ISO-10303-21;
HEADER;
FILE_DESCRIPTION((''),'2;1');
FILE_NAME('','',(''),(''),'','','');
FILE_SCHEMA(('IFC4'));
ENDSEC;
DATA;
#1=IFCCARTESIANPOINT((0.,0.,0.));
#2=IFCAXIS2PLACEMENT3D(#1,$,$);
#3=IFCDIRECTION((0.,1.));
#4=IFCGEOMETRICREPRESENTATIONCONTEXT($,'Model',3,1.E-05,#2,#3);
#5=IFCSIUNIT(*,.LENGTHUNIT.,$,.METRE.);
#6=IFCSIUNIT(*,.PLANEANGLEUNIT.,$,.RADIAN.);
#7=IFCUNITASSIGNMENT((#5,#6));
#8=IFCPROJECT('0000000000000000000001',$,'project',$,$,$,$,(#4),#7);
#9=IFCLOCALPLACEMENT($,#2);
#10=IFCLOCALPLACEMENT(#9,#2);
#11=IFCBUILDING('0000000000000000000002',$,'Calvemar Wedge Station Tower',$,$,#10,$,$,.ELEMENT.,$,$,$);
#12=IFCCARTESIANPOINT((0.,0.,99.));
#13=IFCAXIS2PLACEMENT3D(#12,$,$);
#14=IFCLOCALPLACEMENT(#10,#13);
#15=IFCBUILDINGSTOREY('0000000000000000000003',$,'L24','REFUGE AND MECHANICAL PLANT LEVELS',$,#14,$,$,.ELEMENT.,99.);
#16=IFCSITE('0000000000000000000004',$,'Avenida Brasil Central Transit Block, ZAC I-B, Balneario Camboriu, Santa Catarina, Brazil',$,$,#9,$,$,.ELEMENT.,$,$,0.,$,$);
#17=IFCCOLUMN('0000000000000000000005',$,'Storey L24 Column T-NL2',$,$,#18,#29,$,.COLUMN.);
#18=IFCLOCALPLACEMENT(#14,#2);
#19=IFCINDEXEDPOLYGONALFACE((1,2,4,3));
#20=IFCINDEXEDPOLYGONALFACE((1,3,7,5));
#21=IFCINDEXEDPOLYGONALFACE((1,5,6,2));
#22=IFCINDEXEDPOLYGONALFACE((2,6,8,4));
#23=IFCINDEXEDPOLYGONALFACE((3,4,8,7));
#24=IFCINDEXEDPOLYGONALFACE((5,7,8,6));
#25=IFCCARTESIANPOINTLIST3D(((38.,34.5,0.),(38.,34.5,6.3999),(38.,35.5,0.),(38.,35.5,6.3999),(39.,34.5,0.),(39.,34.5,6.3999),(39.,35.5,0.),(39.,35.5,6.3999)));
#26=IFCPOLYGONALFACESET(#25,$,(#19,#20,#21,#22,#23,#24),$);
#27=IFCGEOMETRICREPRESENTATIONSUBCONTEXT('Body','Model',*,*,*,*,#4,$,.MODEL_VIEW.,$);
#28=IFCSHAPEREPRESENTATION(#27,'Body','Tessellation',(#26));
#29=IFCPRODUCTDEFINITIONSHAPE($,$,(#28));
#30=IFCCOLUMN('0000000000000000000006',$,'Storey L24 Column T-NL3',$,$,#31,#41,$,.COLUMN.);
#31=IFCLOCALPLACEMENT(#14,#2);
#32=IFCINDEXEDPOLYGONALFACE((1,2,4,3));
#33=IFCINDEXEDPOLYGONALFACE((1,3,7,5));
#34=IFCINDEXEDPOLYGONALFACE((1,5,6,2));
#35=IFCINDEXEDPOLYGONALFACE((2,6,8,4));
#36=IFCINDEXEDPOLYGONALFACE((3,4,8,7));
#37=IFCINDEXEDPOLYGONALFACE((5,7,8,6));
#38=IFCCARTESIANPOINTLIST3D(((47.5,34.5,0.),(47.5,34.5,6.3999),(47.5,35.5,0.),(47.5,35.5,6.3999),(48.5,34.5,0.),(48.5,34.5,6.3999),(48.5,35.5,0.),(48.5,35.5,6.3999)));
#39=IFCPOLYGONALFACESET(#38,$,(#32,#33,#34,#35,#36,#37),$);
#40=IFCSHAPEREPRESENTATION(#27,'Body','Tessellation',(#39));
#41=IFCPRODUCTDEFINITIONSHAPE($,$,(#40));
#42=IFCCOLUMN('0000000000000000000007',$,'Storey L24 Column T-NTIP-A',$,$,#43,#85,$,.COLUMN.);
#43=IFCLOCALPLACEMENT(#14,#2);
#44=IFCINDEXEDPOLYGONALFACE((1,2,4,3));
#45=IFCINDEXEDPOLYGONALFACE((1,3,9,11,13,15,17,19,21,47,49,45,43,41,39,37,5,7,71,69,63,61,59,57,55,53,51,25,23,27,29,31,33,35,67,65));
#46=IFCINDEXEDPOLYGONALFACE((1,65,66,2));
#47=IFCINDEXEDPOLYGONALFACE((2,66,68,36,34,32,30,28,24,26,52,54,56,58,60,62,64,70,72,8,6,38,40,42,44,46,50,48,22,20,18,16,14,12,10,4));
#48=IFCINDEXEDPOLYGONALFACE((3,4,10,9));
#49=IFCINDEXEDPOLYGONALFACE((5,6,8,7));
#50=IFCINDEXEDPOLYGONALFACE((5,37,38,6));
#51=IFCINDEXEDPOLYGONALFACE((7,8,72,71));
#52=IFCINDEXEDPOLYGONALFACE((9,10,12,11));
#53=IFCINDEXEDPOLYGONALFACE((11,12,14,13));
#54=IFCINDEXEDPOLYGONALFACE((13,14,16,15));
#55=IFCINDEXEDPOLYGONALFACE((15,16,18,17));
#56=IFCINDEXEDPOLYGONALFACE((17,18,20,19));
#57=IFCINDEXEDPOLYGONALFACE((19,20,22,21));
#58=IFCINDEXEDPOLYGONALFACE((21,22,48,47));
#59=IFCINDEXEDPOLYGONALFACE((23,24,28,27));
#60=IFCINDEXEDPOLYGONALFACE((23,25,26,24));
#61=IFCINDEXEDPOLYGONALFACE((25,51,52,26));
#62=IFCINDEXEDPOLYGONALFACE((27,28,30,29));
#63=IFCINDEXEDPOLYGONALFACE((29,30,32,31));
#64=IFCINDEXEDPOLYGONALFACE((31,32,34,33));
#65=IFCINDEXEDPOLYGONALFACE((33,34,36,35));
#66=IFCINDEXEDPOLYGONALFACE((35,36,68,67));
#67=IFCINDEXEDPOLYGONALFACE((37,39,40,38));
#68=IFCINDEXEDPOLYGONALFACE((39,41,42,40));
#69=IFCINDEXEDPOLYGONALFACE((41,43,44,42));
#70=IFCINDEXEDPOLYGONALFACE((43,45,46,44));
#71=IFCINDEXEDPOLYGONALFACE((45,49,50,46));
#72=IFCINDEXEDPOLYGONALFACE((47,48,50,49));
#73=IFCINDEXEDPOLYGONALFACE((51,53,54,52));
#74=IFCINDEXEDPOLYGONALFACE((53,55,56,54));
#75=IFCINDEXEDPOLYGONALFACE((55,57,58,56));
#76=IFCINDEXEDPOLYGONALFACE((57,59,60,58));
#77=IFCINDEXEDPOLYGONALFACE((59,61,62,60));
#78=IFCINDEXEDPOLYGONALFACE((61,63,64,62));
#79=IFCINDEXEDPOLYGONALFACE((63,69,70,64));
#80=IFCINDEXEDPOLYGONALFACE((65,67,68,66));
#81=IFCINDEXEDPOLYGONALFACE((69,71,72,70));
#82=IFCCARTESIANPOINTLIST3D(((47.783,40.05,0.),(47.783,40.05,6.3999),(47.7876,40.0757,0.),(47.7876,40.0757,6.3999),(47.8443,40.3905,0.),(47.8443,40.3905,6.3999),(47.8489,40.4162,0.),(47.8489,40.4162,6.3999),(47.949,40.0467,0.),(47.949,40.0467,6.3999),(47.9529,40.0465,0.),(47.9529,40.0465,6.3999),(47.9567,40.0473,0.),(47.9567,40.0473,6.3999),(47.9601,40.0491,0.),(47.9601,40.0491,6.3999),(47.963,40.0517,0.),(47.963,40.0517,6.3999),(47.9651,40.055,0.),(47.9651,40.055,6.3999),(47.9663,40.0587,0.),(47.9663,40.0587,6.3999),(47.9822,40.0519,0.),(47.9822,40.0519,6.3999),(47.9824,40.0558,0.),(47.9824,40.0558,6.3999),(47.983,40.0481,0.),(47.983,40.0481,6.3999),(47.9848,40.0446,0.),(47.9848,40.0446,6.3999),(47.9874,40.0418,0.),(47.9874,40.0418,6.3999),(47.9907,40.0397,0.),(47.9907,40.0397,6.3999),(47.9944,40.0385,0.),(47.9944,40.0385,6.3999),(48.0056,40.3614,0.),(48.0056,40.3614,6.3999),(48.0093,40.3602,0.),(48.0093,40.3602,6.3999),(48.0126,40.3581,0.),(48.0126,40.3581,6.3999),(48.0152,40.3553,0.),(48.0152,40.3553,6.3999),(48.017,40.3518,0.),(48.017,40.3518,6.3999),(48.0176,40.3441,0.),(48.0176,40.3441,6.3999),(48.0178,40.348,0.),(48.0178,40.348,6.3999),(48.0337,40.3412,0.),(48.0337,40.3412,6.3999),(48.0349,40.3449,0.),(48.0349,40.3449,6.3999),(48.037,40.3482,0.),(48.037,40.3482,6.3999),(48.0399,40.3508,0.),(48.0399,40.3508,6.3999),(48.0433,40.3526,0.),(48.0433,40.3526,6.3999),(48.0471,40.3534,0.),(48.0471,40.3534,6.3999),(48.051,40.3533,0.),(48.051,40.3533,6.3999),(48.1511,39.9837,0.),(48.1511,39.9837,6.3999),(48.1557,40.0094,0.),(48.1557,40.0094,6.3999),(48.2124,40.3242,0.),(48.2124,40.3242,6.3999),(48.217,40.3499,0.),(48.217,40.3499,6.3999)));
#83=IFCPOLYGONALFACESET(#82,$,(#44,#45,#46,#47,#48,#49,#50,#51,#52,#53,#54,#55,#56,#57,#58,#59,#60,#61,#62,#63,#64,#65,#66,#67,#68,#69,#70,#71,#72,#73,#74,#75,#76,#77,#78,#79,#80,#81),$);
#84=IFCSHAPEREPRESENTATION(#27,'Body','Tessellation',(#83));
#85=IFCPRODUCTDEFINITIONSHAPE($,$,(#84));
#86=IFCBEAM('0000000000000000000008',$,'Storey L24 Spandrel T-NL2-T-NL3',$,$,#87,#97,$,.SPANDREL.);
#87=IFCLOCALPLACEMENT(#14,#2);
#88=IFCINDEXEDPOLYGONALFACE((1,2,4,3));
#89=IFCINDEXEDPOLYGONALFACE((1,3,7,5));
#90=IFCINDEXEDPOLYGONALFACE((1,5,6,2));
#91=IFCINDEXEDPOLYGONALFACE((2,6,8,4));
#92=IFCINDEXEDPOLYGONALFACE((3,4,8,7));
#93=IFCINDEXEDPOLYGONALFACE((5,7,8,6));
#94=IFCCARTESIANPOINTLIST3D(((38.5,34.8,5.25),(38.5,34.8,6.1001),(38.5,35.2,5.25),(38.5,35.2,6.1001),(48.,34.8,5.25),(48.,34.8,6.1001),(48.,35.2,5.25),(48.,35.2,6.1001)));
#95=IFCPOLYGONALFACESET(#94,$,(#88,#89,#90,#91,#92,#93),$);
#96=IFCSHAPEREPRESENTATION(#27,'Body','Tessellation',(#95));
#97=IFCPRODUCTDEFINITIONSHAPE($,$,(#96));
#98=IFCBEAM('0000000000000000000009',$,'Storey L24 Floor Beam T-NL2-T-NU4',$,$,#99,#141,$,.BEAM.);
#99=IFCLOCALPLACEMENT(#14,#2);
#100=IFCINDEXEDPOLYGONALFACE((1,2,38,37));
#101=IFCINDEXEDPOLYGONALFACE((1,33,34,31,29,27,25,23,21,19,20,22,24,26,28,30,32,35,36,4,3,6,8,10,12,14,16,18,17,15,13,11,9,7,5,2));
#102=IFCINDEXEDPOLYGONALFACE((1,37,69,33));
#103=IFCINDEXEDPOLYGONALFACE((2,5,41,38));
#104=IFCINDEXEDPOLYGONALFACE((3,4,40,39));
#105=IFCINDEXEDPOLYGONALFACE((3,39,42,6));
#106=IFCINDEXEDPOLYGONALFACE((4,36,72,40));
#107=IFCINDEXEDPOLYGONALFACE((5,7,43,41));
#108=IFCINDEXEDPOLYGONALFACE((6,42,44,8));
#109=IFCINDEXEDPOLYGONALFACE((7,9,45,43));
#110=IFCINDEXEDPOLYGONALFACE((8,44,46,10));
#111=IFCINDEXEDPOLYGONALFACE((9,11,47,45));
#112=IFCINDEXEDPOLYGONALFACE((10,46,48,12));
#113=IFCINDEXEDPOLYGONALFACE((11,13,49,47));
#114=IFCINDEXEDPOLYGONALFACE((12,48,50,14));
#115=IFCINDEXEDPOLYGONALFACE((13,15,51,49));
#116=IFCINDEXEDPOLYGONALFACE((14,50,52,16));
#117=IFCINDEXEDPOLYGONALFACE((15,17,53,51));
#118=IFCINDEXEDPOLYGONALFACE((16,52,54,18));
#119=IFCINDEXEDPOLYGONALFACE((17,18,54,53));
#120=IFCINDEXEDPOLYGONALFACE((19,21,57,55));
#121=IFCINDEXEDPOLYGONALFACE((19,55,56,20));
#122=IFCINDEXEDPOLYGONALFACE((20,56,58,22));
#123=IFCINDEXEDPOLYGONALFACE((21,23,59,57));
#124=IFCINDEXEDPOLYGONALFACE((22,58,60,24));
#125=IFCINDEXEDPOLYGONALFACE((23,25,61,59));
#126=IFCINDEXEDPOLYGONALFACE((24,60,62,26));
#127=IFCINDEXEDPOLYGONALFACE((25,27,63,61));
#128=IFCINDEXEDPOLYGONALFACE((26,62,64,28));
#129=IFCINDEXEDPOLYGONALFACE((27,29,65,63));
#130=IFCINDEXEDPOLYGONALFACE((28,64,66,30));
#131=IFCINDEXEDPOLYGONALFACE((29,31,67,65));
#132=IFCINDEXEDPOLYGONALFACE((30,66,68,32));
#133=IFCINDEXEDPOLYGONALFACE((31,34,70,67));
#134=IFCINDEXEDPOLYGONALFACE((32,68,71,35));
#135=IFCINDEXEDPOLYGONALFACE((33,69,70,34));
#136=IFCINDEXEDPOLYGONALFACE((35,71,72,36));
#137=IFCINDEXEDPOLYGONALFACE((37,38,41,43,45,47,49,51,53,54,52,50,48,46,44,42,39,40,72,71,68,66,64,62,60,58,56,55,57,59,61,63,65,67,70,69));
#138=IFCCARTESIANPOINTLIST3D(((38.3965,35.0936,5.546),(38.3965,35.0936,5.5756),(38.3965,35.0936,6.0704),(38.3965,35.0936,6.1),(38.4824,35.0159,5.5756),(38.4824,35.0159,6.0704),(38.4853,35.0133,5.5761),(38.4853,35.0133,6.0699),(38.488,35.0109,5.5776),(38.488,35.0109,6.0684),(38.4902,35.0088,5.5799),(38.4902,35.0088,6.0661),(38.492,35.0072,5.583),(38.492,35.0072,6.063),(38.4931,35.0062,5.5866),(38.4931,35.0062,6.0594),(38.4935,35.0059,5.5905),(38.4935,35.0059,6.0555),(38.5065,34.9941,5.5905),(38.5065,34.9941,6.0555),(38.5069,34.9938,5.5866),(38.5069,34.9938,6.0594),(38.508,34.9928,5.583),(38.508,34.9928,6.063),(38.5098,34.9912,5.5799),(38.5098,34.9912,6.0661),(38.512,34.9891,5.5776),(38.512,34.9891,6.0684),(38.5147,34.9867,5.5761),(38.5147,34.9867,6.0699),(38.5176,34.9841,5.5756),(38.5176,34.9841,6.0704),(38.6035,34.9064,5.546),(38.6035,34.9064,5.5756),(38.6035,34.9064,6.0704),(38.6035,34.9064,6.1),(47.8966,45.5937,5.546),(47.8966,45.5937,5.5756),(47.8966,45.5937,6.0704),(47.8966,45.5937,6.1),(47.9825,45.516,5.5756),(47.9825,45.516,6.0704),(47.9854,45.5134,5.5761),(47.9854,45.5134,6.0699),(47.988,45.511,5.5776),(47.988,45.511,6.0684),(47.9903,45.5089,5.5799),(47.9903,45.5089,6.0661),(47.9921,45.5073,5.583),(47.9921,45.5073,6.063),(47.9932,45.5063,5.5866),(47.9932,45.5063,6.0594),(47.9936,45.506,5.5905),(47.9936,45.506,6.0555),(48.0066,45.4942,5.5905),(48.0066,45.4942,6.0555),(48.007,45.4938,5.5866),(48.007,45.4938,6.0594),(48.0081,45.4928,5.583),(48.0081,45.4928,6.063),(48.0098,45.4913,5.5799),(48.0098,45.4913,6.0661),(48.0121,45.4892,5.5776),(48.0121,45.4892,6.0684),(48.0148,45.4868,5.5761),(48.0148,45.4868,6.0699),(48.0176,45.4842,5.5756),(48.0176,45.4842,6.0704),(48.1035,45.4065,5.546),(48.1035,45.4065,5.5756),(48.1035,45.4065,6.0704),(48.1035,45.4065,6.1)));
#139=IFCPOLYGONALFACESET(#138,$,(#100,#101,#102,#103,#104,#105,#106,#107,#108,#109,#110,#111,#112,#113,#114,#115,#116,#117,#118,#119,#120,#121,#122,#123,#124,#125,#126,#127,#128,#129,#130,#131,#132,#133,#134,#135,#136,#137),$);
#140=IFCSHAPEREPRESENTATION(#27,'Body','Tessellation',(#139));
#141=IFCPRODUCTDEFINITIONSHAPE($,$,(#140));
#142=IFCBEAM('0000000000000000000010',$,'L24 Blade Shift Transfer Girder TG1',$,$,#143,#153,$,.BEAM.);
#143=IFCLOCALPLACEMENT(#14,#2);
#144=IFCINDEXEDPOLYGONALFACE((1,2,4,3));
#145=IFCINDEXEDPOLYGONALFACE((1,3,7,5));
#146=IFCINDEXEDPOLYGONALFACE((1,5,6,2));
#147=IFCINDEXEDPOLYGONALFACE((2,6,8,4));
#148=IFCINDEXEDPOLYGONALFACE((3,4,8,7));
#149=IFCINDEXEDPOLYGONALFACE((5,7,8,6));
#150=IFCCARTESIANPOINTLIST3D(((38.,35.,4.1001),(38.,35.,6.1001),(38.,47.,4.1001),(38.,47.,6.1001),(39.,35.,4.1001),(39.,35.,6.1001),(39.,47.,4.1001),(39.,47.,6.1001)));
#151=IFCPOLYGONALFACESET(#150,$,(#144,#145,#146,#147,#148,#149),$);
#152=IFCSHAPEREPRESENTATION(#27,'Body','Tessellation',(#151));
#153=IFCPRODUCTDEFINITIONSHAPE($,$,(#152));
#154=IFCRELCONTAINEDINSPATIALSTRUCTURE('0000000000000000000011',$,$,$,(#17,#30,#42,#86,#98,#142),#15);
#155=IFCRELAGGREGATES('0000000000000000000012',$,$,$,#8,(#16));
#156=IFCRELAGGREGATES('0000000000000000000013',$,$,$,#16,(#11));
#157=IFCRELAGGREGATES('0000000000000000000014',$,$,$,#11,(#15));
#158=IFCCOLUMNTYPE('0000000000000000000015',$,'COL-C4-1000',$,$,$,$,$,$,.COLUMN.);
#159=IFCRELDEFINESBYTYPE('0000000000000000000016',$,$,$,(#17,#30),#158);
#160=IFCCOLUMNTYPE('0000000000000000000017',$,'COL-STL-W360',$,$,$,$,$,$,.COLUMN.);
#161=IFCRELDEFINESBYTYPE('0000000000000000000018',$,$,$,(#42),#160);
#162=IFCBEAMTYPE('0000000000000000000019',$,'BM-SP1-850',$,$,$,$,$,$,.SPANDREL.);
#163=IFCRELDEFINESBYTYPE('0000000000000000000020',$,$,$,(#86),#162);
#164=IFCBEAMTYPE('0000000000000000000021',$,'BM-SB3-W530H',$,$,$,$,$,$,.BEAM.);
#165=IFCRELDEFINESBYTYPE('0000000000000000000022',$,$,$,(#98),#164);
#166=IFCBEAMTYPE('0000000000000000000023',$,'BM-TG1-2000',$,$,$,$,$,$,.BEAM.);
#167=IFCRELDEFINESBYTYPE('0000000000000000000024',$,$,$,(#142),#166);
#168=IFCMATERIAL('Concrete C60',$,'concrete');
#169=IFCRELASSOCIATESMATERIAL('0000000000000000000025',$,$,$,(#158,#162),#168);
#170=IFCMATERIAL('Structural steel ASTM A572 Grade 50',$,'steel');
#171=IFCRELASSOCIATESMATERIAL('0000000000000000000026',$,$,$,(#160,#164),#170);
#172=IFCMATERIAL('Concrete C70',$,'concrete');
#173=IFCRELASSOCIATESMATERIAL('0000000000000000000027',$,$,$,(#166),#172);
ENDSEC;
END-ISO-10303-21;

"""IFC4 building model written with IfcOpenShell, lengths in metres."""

from ifc_helpers import new_model, si_unit, direction, frame, origin, origin_2d, place, context, subcontext, project, spatial, rectangle, i_section, extrude, source, transform, mapped, material, material_profile, profile_set, type_object, element, save


model = new_model("IFC4")

# Units and contexts
model_context = context("Model", 3, precision=1e-05, world=origin(), true_north=direction((0.0, 1.0)))
body_context = subcontext(model_context, "Body", "Model", "MODEL_VIEW")
ifc_project = project(units=[si_unit("LENGTHUNIT", "METRE"), si_unit("PLANEANGLEUNIT", "RADIAN")], contexts=[model_context])

# Site, building, storey
site_placement = place(None, origin())
site = spatial("IfcSite", under=ifc_project, at=site_placement, Name="Avenida Brasil Central Transit Block, ZAC I-B, Balneario Camboriu, Santa Catarina, Brazil", CompositionType="ELEMENT", RefElevation=0.0)
building_placement = place(site_placement, origin())
building = spatial("IfcBuilding", under=site, at=building_placement, Name="Calvemar Wedge Station Tower", CompositionType="ELEMENT")
storey_placement = place(building_placement, frame((0.0, 0.0, 99.0)))
storey = spatial("IfcBuildingStorey", under=building, at=storey_placement, Name="L24", Description="REFUGE AND MECHANICAL PLANT LEVELS", CompositionType="ELEMENT", Elevation=99.0)

# Columns
ifc_material_1 = material(Name="Concrete C60", Category="concrete")
ifc_material_profile_1 = material_profile(ifc_material_1, rectangle(XDim=1.0, YDim=1.0, at=origin_2d()), Name="RC1000x1000")
ifc_profile_set_1 = profile_set([ifc_material_profile_1], Name="Concrete C60")
column_type_1 = type_object("IfcColumnType", Name="COL-C4-1000", PredefinedType="COLUMN", material=ifc_profile_set_1)
shared_shape_1 = source(origin(), body_context, "Body", "SweptSolid", [
    extrude(rectangle(XDim=1.0, YDim=1.0, at=origin_2d()), origin(), (0.0, 0.0, 1.0), 6.3999),
])
for number, where, z_axis, x_axis, name in (
    (1, (38.5, 35.0, 0.0), (0.0, 0.0, 1.0), (1.0, 0.0, 0.0), "Storey L24 Column T-NL2"),
    (2, (48.0, 35.0, 0.0), (0.0, 0.0, 1.0), (1.0, 0.0, 0.0), "Storey L24 Column T-NL3"),
):
    element("IfcColumn", number, at=place(storey_placement, frame(where, z_axis=z_axis, x_axis=x_axis)), inside=storey, type_object=column_type_1, Name=name, PredefinedType="COLUMN", context=body_context, shape_type="MappedRepresentation", body=[
        mapped(shared_shape_1, transform((0.0, 0.0, 0.0), scale=1.0)),
    ])
ifc_material_2 = material(Name="Structural steel ASTM A572 Grade 50", Category="steel")
ifc_material_profile_2 = material_profile(ifc_material_2, i_section(OverallWidth=0.374, OverallDepth=0.3721, WebThickness=0.0164, FlangeThickness=0.0261, FilletRadius=0.0149, at=origin_2d()), Name="W360x196")
ifc_profile_set_2 = profile_set([ifc_material_profile_2], Name="Structural steel ASTM A572 Grade 50")
column_type_2 = type_object("IfcColumnType", Name="COL-STL-W360", PredefinedType="COLUMN", material=ifc_profile_set_2)
shared_shape_2 = source(origin(), body_context, "Body", "SweptSolid", [
    extrude(i_section(OverallWidth=0.374, OverallDepth=0.3721, WebThickness=0.0164, FlangeThickness=0.0261, FilletRadius=0.0149, at=origin_2d()), origin(), (0.0, 0.0, 1.0), 6.3999),
])
column_placement = place(storey_placement, frame((48.0, 40.2, 0.0), z_axis=(0.0, 0.0, 1.0), x_axis=(0.984196, -0.177085, 0.0)))
element("IfcColumn", 3, at=column_placement, inside=storey, type_object=column_type_2, Name="Storey L24 Column T-NTIP-A", PredefinedType="COLUMN", context=body_context, shape_type="MappedRepresentation", body=[
    mapped(shared_shape_2, transform((0.0, 0.0, 0.0), scale=1.0)),
])

# Beams
ifc_material_profile_3 = material_profile(ifc_material_1, rectangle(XDim=0.3999, YDim=0.8501, at=origin_2d()), Name="RC400x850")
ifc_profile_set_3 = profile_set([ifc_material_profile_3], Name="Concrete C60")
beam_type_1 = type_object("IfcBeamType", Name="BM-SP1-850", PredefinedType="SPANDREL", material=ifc_profile_set_3)
shared_shape_3 = source(origin(), body_context, "Body", "SweptSolid", [
    extrude(rectangle(XDim=0.3999, YDim=0.8501, at=origin_2d()), origin(), (0.0, 0.0, 1.0), 9.5),
])
beam_1_placement = place(storey_placement, frame((38.5, 35.0, 5.675), z_axis=(1.0, 0.0, 0.0), x_axis=(0.0, 1.0, 0.0)))
element("IfcBeam", 4, at=beam_1_placement, inside=storey, type_object=beam_type_1, Name="Storey L24 Spandrel T-NL2-T-NL3", PredefinedType="SPANDREL", context=body_context, shape_type="MappedRepresentation", body=[
    mapped(shared_shape_3, transform((0.0, 0.0, 0.0), scale=1.0)),
])
ifc_material_profile_4 = material_profile(ifc_material_2, i_section(OverallWidth=0.2791, OverallDepth=0.554, WebThickness=0.0176, FlangeThickness=0.0295, FilletRadius=0.0149, at=origin_2d()), Name="W530x196")
ifc_profile_set_4 = profile_set([ifc_material_profile_4], Name="Structural steel ASTM A572 Grade 50")
beam_type_2 = type_object("IfcBeamType", Name="BM-SB3-W530H", PredefinedType="BEAM", material=ifc_profile_set_4)
shared_shape_4 = source(origin(), body_context, "Body", "SweptSolid", [
    extrude(i_section(OverallWidth=0.2791, OverallDepth=0.554, WebThickness=0.0176, FlangeThickness=0.0295, FilletRadius=0.0149, at=origin_2d()), origin(), (0.0, 0.0, 1.0), 14.1599),
])
beam_2_placement = place(storey_placement, frame((38.5, 35.0, 5.823), z_axis=(0.670913, 0.741536, 0.0), x_axis=(-0.741536, 0.670913, 0.0)))
element("IfcBeam", 5, at=beam_2_placement, inside=storey, type_object=beam_type_2, Name="Storey L24 Floor Beam T-NL2-T-NU4", PredefinedType="BEAM", context=body_context, shape_type="MappedRepresentation", body=[
    mapped(shared_shape_4, transform((0.0, 0.0, 0.0), scale=1.0)),
])
ifc_material_3 = material(Name="Concrete C70", Category="concrete")
ifc_material_profile_5 = material_profile(ifc_material_3, rectangle(XDim=1.0, YDim=2.0, at=origin_2d()), Name="RC1000x2000")
ifc_profile_set_5 = profile_set([ifc_material_profile_5], Name="Concrete C70")
beam_type_3 = type_object("IfcBeamType", Name="BM-TG1-2000", PredefinedType="BEAM", material=ifc_profile_set_5)
shared_shape_5 = source(origin(), body_context, "Body", "SweptSolid", [
    extrude(rectangle(XDim=1.0, YDim=2.0, at=origin_2d()), origin(), (0.0, 0.0, 1.0), 12.0),
])
beam_3_placement = place(storey_placement, frame((38.5, 35.0, 5.1001), z_axis=(0.0, 1.0, 0.0), x_axis=(-1.0, 0.0, 0.0)))
element("IfcBeam", 6, at=beam_3_placement, inside=storey, type_object=beam_type_3, Name="L24 Blade Shift Transfer Girder TG1", PredefinedType="BEAM", context=body_context, shape_type="MappedRepresentation", body=[
    mapped(shared_shape_5, transform((0.0, 0.0, 0.0), scale=1.0)),
])

save(model, "model.ifc")
